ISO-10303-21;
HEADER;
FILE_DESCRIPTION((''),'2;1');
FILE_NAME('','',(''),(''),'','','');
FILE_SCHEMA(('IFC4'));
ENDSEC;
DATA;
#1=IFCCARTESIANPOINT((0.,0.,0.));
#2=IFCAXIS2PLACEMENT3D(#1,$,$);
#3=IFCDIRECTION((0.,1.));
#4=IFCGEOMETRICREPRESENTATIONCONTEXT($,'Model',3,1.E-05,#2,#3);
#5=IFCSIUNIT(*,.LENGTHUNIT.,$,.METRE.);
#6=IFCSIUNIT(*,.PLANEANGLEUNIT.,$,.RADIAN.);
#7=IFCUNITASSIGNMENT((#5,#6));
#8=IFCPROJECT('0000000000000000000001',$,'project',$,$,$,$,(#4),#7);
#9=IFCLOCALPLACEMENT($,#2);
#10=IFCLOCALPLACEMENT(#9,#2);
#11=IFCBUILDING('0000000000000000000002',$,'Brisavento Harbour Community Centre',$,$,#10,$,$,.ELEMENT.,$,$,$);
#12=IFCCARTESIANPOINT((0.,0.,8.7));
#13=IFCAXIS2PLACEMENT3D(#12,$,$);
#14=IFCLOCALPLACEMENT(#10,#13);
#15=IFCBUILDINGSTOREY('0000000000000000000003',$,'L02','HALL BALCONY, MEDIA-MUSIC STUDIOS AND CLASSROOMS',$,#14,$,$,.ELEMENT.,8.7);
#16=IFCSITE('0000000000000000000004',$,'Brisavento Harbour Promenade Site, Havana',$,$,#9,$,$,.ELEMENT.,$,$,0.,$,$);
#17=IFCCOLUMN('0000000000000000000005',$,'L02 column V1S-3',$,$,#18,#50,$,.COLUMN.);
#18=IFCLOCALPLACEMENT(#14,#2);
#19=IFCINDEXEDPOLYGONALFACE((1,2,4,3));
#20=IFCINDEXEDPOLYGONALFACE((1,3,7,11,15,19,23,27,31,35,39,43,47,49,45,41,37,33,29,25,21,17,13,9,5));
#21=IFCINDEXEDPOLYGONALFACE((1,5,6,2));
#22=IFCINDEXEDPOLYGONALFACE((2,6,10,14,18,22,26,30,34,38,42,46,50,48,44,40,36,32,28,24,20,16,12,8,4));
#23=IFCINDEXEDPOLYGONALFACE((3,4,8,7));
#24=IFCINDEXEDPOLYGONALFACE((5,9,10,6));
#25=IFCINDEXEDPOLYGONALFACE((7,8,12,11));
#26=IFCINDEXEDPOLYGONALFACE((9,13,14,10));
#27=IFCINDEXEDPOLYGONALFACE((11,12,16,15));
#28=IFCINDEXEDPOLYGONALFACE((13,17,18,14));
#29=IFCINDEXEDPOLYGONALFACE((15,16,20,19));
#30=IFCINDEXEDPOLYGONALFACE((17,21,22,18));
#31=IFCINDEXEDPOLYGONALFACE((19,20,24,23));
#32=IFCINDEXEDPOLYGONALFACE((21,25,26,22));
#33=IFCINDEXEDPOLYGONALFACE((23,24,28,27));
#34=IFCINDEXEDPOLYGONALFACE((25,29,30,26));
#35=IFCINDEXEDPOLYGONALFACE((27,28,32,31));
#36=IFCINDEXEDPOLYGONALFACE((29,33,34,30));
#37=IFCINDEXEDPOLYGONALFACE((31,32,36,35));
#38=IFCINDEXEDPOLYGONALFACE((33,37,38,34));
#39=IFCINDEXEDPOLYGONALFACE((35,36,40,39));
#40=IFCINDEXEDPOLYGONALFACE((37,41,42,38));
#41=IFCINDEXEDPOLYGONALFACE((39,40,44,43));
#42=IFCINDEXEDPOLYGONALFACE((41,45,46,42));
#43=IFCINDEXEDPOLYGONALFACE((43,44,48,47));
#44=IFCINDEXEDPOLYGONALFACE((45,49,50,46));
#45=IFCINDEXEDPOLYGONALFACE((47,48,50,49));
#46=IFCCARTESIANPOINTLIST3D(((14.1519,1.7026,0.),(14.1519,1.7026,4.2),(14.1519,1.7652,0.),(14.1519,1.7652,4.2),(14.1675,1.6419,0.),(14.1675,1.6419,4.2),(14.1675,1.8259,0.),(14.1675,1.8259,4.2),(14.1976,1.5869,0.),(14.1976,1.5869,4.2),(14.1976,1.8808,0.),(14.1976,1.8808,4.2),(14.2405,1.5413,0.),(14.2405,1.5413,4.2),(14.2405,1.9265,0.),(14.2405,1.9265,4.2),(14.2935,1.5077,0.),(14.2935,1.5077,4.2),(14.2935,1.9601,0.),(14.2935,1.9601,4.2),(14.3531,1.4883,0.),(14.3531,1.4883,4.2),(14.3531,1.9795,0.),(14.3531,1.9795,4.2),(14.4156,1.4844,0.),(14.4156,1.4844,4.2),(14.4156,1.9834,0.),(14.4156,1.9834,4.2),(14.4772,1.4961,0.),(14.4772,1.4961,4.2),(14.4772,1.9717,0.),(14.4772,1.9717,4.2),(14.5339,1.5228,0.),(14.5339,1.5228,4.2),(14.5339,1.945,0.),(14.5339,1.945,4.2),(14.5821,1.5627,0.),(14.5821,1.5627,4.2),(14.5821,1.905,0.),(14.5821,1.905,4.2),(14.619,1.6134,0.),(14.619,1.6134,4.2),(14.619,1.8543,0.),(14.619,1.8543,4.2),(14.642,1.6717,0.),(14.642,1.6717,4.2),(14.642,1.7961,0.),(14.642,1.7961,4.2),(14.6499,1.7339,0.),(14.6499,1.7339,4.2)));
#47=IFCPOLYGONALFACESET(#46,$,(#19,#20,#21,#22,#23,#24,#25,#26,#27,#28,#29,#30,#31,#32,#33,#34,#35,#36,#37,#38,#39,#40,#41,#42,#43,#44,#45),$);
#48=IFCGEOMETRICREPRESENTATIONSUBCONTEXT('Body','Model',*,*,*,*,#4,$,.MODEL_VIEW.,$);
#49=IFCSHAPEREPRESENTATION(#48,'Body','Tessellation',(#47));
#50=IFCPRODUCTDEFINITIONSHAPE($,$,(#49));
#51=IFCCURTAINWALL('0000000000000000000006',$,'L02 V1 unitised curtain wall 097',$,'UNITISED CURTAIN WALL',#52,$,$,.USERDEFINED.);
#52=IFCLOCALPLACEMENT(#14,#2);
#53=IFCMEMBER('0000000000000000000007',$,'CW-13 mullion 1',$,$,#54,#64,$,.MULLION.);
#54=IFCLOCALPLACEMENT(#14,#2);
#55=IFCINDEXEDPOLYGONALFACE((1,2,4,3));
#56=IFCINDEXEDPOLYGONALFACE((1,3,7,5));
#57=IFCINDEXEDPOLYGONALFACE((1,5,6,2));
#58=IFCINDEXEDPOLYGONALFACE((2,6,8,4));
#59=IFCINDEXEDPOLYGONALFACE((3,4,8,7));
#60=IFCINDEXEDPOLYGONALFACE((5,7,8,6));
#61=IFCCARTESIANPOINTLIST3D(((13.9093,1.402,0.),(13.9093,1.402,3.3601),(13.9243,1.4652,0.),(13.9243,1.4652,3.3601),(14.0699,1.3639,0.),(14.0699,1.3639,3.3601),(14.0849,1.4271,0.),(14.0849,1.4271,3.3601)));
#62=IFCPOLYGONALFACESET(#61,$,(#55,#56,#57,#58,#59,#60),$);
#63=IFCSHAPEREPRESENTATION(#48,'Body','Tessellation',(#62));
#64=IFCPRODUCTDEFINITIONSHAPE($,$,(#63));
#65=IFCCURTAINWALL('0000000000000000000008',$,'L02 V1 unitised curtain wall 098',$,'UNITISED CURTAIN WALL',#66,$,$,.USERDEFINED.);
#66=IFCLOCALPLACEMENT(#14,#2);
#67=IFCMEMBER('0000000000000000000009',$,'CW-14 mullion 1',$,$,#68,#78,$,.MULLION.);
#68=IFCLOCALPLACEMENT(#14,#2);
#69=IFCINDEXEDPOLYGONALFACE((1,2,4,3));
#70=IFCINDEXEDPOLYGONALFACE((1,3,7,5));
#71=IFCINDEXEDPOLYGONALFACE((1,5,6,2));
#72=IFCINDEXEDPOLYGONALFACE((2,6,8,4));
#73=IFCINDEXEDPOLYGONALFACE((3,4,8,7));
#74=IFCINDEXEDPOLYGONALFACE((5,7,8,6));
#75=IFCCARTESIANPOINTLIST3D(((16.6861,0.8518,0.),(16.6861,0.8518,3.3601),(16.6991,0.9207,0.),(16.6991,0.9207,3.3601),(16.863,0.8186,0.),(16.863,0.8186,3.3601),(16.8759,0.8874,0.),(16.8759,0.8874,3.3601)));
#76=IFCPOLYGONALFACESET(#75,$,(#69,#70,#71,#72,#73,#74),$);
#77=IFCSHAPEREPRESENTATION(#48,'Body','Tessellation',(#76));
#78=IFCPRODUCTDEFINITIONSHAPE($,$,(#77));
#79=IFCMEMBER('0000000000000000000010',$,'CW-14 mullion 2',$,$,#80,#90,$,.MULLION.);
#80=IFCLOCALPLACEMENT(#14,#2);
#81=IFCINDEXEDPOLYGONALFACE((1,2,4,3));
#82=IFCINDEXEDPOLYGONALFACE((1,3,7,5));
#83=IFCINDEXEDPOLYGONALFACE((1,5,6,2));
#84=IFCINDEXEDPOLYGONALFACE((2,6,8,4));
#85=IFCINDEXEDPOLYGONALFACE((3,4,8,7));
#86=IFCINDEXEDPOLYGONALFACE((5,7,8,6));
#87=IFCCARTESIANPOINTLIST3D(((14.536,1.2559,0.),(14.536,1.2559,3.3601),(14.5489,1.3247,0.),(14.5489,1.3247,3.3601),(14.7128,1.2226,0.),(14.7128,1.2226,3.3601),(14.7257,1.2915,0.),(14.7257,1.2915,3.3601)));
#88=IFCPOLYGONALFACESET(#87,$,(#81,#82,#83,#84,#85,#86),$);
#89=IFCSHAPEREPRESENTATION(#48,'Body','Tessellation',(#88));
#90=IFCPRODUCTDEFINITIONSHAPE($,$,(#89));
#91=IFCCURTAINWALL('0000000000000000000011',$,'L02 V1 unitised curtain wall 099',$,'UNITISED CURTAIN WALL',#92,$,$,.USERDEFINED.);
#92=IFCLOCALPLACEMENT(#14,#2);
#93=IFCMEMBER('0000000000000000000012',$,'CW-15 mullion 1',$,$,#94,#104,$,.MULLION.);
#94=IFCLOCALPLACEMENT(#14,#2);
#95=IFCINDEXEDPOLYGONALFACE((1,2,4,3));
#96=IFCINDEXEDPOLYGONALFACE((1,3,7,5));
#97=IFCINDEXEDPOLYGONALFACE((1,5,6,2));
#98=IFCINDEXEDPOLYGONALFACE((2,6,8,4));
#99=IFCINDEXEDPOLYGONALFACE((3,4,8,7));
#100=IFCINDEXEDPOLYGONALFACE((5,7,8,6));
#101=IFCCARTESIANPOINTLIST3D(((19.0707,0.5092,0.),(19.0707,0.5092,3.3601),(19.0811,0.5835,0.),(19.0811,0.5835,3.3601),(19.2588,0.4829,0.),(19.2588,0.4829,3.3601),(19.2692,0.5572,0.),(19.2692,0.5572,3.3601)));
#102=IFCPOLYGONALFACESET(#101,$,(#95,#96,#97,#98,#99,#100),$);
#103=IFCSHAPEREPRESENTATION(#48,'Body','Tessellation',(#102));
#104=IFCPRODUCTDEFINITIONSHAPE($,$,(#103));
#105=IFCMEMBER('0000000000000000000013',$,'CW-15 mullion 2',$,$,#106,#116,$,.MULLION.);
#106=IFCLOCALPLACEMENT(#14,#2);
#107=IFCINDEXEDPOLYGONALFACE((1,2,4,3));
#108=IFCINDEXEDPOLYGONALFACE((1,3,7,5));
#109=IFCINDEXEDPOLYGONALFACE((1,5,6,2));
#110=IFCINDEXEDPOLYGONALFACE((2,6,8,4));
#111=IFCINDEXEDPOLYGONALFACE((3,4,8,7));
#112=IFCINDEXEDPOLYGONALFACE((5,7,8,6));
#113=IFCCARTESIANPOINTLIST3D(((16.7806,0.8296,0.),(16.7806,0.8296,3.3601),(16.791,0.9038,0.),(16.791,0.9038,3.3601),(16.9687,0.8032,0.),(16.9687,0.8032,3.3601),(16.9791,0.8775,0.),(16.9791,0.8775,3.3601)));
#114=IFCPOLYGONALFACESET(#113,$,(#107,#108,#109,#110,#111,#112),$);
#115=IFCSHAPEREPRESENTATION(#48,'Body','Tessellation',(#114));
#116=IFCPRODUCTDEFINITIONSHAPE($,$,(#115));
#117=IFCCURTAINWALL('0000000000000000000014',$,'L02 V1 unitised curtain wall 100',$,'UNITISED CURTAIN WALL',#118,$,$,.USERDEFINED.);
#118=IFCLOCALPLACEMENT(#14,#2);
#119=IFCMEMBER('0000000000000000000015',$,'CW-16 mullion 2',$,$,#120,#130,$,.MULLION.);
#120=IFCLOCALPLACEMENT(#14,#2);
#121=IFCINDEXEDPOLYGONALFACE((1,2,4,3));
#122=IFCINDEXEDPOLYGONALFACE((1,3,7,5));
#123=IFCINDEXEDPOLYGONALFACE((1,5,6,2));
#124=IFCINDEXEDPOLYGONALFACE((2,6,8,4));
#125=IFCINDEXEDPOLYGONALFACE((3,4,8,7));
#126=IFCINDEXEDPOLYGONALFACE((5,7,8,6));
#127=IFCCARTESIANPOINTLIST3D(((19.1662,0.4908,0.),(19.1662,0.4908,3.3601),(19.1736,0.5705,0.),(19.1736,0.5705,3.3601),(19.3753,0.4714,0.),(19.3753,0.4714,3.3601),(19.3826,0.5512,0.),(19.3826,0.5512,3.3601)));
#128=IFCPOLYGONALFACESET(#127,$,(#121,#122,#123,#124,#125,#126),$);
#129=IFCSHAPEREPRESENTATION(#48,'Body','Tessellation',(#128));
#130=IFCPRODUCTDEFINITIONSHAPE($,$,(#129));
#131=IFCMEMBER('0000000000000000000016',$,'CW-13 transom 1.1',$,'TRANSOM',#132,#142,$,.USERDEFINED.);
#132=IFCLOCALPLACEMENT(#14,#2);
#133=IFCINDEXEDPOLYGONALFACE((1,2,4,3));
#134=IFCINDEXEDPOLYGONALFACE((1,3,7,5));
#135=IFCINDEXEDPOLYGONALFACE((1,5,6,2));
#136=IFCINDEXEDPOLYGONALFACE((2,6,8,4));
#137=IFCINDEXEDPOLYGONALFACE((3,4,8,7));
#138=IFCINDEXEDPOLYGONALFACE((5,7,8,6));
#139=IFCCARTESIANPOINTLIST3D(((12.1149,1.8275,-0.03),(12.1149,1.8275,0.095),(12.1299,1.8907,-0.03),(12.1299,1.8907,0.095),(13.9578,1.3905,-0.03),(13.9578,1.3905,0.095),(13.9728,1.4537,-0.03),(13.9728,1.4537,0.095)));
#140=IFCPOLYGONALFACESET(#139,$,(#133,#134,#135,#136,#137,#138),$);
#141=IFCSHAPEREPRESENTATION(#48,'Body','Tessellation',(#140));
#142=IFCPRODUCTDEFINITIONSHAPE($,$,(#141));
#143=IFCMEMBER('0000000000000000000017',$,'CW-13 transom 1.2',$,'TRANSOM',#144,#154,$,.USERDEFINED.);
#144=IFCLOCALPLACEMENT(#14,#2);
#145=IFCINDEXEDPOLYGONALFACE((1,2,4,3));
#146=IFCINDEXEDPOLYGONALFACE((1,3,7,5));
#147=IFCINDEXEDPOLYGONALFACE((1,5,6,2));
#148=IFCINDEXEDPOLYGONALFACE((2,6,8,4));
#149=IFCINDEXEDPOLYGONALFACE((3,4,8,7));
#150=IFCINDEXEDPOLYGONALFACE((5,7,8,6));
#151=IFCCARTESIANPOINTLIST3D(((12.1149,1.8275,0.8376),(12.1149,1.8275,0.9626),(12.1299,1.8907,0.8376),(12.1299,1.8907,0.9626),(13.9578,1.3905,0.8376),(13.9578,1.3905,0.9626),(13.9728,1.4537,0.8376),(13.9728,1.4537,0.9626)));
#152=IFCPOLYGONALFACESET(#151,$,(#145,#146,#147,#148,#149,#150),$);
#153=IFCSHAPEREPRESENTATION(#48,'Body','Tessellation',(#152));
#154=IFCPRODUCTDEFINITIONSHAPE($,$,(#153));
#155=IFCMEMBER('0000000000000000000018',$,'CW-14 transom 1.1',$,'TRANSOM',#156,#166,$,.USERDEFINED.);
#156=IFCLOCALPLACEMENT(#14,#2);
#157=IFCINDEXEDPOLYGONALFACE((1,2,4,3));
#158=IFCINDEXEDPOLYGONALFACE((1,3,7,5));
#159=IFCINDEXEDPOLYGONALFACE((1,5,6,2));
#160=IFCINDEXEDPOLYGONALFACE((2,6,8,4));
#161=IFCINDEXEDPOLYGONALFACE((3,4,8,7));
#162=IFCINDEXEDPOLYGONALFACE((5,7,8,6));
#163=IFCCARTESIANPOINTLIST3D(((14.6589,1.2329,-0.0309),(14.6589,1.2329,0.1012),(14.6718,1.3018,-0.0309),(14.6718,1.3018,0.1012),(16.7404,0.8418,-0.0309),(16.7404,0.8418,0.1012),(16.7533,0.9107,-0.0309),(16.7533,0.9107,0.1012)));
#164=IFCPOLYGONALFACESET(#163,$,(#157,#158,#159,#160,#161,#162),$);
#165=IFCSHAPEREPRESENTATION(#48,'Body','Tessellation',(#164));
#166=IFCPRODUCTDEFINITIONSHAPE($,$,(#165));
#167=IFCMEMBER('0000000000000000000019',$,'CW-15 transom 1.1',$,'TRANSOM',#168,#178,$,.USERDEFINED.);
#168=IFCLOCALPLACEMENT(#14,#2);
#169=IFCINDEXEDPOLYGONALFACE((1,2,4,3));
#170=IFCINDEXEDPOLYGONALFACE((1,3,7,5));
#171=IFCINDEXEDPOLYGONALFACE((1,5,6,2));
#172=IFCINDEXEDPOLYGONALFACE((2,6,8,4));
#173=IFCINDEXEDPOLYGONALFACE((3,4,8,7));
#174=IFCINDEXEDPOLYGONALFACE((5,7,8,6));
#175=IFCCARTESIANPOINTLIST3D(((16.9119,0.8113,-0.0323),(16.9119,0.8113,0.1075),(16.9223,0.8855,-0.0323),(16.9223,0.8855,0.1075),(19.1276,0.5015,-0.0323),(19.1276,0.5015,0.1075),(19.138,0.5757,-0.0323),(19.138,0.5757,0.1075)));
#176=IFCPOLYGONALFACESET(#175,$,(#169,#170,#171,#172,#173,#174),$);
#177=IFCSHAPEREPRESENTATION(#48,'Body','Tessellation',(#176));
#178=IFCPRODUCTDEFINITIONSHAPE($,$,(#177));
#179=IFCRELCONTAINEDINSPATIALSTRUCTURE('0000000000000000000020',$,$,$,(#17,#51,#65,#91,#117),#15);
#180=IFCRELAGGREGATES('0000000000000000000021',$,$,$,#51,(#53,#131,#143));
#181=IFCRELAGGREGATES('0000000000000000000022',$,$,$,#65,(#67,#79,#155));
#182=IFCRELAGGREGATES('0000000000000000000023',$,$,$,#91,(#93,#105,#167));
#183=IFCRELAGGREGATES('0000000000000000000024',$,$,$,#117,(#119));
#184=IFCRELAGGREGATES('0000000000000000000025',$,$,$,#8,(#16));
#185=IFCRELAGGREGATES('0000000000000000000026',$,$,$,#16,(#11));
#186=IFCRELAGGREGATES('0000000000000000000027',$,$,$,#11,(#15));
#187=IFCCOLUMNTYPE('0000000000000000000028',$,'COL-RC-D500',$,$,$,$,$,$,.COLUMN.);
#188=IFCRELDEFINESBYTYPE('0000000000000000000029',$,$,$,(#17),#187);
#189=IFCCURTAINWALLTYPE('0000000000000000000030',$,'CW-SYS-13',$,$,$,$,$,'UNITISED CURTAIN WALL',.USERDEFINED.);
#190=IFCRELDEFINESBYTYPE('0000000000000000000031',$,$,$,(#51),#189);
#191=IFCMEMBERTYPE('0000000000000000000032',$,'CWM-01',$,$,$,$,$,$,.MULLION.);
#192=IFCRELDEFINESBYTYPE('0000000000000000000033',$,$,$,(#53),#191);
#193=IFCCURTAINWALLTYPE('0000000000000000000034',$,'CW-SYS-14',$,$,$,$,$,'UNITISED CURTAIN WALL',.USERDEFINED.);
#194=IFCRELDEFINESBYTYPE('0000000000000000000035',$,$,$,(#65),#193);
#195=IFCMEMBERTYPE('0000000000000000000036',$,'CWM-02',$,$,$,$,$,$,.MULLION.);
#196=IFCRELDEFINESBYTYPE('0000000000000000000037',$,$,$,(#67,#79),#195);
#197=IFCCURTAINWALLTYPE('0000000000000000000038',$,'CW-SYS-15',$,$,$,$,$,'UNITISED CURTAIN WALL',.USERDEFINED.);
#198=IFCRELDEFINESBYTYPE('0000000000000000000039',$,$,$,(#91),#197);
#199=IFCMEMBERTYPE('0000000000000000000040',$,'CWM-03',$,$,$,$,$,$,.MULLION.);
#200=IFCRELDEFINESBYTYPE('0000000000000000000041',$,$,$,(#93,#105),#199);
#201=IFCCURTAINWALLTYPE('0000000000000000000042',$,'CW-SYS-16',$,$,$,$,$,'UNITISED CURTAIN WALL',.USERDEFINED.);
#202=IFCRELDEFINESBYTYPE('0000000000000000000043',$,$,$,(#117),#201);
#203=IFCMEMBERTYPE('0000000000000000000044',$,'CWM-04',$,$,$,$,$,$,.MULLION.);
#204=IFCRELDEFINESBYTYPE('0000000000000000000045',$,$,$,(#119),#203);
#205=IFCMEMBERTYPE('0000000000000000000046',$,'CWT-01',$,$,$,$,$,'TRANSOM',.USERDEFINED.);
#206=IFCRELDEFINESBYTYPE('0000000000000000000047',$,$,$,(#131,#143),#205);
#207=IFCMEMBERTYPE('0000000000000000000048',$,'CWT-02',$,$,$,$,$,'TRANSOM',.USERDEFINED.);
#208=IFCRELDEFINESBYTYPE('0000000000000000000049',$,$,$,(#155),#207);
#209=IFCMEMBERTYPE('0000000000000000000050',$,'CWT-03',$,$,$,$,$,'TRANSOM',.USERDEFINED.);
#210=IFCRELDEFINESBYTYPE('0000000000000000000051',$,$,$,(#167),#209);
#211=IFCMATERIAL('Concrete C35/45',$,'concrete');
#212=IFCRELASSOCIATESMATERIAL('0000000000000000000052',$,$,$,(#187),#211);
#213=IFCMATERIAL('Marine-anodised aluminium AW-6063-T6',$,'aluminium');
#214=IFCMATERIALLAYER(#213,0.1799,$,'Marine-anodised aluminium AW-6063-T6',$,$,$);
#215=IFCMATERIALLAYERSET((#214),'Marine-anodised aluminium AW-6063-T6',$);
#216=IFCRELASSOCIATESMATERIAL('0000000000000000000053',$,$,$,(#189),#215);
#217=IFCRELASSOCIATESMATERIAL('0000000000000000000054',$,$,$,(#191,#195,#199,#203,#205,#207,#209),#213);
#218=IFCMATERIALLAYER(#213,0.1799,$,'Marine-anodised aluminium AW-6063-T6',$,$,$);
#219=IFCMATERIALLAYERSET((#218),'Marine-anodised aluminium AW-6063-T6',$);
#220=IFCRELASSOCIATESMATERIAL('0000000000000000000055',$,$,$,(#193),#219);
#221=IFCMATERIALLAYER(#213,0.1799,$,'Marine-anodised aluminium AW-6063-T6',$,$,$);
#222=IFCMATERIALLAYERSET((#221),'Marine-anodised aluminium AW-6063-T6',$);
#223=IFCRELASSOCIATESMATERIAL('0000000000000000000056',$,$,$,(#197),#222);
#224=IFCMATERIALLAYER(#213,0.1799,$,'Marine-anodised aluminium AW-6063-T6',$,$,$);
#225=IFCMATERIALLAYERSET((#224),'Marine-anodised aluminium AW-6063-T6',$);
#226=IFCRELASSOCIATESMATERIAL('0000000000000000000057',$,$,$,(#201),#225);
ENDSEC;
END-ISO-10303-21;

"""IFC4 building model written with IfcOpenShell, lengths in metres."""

from ifc_helpers import new_model, si_unit, direction, frame, origin, origin_2d, place, context, subcontext, project, spatial, rectangle, circle, extrude, material, layer, layer_set, material_profile, profile_set, type_object, element, aggregate, save


model = new_model("IFC4")

# Units and contexts
model_context = context("Model", 3, precision=1e-05, world=origin(), true_north=direction((0.0, 1.0)))
body_context = subcontext(model_context, "Body", "Model", "MODEL_VIEW")
ifc_project = project(units=[si_unit("LENGTHUNIT", "METRE"), si_unit("PLANEANGLEUNIT", "RADIAN")], contexts=[model_context])

# Site, building, storey
site_placement = place(None, origin())
site = spatial("IfcSite", under=ifc_project, at=site_placement, Name="Brisavento Harbour Promenade Site, Havana", CompositionType="ELEMENT", RefElevation=0.0)
building_placement = place(site_placement, origin())
building = spatial("IfcBuilding", under=site, at=building_placement, Name="Brisavento Harbour Community Centre", CompositionType="ELEMENT")
storey_placement = place(building_placement, frame((0.0, 0.0, 8.7)))
storey = spatial("IfcBuildingStorey", under=building, at=storey_placement, Name="L02", Description="HALL BALCONY, MEDIA-MUSIC STUDIOS AND CLASSROOMS", CompositionType="ELEMENT", Elevation=8.7)

# Column
ifc_material_1 = material(Name="Concrete C35/45", Category="concrete")
ifc_material_profile_1 = material_profile(ifc_material_1, circle(Radius=0.25, at=origin_2d()), Name="Concrete C35/45")
ifc_profile_set_1 = profile_set([ifc_material_profile_1], Name="Concrete C35/45")
column_type = type_object("IfcColumnType", Name="COL-RC-D500", PredefinedType="COLUMN", material=ifc_profile_set_1)
column_placement = place(storey_placement, frame((14.3999, 1.7339, 0.0), z_axis=(0.0, 0.0, 1.0), x_axis=(1.0, 0.0, 0.0)))
element("IfcColumn", 1, at=column_placement, inside=storey, type_object=column_type, Name="L02 column V1S-3", PredefinedType="COLUMN", context=body_context, shape_type="SweptSolid", body=[
    extrude(circle(Radius=0.25, at=origin_2d()), origin(), (0.0, 0.0, 1.0), 4.2),
])

# Curtain wall, member
ifc_material_2 = material(Name="Marine-anodised aluminium AW-6063-T6", Category="aluminium")
ifc_layer_1 = layer(ifc_material_2, 0.1799, Name="Marine-anodised aluminium AW-6063-T6")
ifc_layer_set_1 = layer_set([ifc_layer_1], Name="Marine-anodised aluminium AW-6063-T6")
curtain_wall_type_1 = type_object("IfcCurtainWallType", Name="CW-SYS-13", ElementType="UNITISED CURTAIN WALL", PredefinedType="USERDEFINED", material=ifc_layer_set_1)
curtain_wall_1_placement = place(storey_placement, origin())
curtain_wall_1 = element("IfcCurtainWall", 2, at=curtain_wall_1_placement, inside=storey, type_object=curtain_wall_type_1, Name="L02 V1 unitised curtain wall 097", ObjectType="UNITISED CURTAIN WALL", PredefinedType="USERDEFINED")
ifc_material_profile_2 = material_profile(ifc_material_2, rectangle(XDim=0.0649, YDim=0.165, at=origin_2d()), Name="Marine-anodised aluminium AW-6063-T6")
ifc_profile_set_2 = profile_set([ifc_material_profile_2], Name="Marine-anodised aluminium AW-6063-T6")
member_type_1 = type_object("IfcMemberType", Name="CWM-01", PredefinedType="MULLION", material=ifc_profile_set_2)
member_1_placement = place(storey_placement, frame((13.9971, 1.4146, 0.0), z_axis=(0.0, 0.0, 1.0), x_axis=(-0.230812, -0.972998, 0.0)))
member_1 = element("IfcMember", 3, at=member_1_placement, type_object=member_type_1, Name="CW-13 mullion 1", PredefinedType="MULLION", context=body_context, shape_type="SweptSolid", body=[
    extrude(rectangle(XDim=0.0649, YDim=0.165, at=origin_2d()), origin(), (0.0, 0.0, 1.0), 3.3601),
])

# Curtain walls, members
ifc_layer_2 = layer(ifc_material_2, 0.1799, Name="Marine-anodised aluminium AW-6063-T6")
ifc_layer_set_2 = layer_set([ifc_layer_2], Name="Marine-anodised aluminium AW-6063-T6")
curtain_wall_type_2 = type_object("IfcCurtainWallType", Name="CW-SYS-14", ElementType="UNITISED CURTAIN WALL", PredefinedType="USERDEFINED", material=ifc_layer_set_2)
curtain_wall_2_placement = place(storey_placement, origin())
curtain_wall_2 = element("IfcCurtainWall", 4, at=curtain_wall_2_placement, inside=storey, type_object=curtain_wall_type_2, Name="L02 V1 unitised curtain wall 098", ObjectType="UNITISED CURTAIN WALL", PredefinedType="USERDEFINED")
ifc_material_profile_3 = material_profile(ifc_material_2, rectangle(XDim=0.0701, YDim=0.1799, at=origin_2d()), Name="Marine-anodised aluminium AW-6063-T6")
ifc_profile_set_3 = profile_set([ifc_material_profile_3], Name="Marine-anodised aluminium AW-6063-T6")
member_type_2 = type_object("IfcMemberType", Name="CWM-02", PredefinedType="MULLION", material=ifc_profile_set_3)
member_2_placement = place(storey_placement, frame((16.781, 0.8696, 0.0), z_axis=(0.0, 0.0, 1.0), x_axis=(-0.18469, -0.982797, 0.0)))
member_2 = element("IfcMember", 5, at=member_2_placement, type_object=member_type_2, Name="CW-14 mullion 1", PredefinedType="MULLION", context=body_context, shape_type="SweptSolid", body=[
    extrude(rectangle(XDim=0.0701, YDim=0.1799, at=origin_2d()), origin(), (0.0, 0.0, 1.0), 3.3601),
])
member_3_placement = place(storey_placement, frame((14.6309, 1.2737, 0.0), z_axis=(0.0, 0.0, 1.0), x_axis=(-0.18469, -0.982797, 0.0)))
member_3 = element("IfcMember", 6, at=member_3_placement, type_object=member_type_2, Name="CW-14 mullion 2", PredefinedType="MULLION", context=body_context, shape_type="SweptSolid", body=[
    extrude(rectangle(XDim=0.0701, YDim=0.1799, at=origin_2d()), origin(), (0.0, 0.0, 1.0), 3.3601),
])
ifc_layer_3 = layer(ifc_material_2, 0.1799, Name="Marine-anodised aluminium AW-6063-T6")
ifc_layer_set_3 = layer_set([ifc_layer_3], Name="Marine-anodised aluminium AW-6063-T6")
curtain_wall_type_3 = type_object("IfcCurtainWallType", Name="CW-SYS-15", ElementType="UNITISED CURTAIN WALL", PredefinedType="USERDEFINED", material=ifc_layer_set_3)
curtain_wall_3_placement = place(storey_placement, origin())
curtain_wall_3 = element("IfcCurtainWall", 7, at=curtain_wall_3_placement, inside=storey, type_object=curtain_wall_type_3, Name="L02 V1 unitised curtain wall 099", ObjectType="UNITISED CURTAIN WALL", PredefinedType="USERDEFINED")
ifc_material_profile_4 = material_profile(ifc_material_2, rectangle(XDim=0.075, YDim=0.1899, at=origin_2d()), Name="Marine-anodised aluminium AW-6063-T6")
ifc_profile_set_4 = profile_set([ifc_material_profile_4], Name="Marine-anodised aluminium AW-6063-T6")
member_type_3 = type_object("IfcMemberType", Name="CWM-03", PredefinedType="MULLION", material=ifc_profile_set_4)
member_4_placement = place(storey_placement, frame((19.1699, 0.5332, 0.0), z_axis=(0.0, 0.0, 1.0), x_axis=(-0.138477, -0.990366, 0.0)))
member_4 = element("IfcMember", 8, at=member_4_placement, type_object=member_type_3, Name="CW-15 mullion 1", PredefinedType="MULLION", context=body_context, shape_type="SweptSolid", body=[
    extrude(rectangle(XDim=0.075, YDim=0.1899, at=origin_2d()), origin(), (0.0, 0.0, 1.0), 3.3601),
])
member_5_placement = place(storey_placement, frame((16.8799, 0.8535, 0.0), z_axis=(0.0, 0.0, 1.0), x_axis=(-0.138477, -0.990366, 0.0)))
member_5 = element("IfcMember", 9, at=member_5_placement, type_object=member_type_3, Name="CW-15 mullion 2", PredefinedType="MULLION", context=body_context, shape_type="SweptSolid", body=[
    extrude(rectangle(XDim=0.075, YDim=0.1899, at=origin_2d()), origin(), (0.0, 0.0, 1.0), 3.3601),
])

# Curtain wall, member
ifc_layer_4 = layer(ifc_material_2, 0.1799, Name="Marine-anodised aluminium AW-6063-T6")
ifc_layer_set_4 = layer_set([ifc_layer_4], Name="Marine-anodised aluminium AW-6063-T6")
curtain_wall_type_4 = type_object("IfcCurtainWallType", Name="CW-SYS-16", ElementType="UNITISED CURTAIN WALL", PredefinedType="USERDEFINED", material=ifc_layer_set_4)
curtain_wall_4_placement = place(storey_placement, origin())
curtain_wall_4 = element("IfcCurtainWall", 10, at=curtain_wall_4_placement, inside=storey, type_object=curtain_wall_type_4, Name="L02 V1 unitised curtain wall 100", ObjectType="UNITISED CURTAIN WALL", PredefinedType="USERDEFINED")
ifc_material_profile_5 = material_profile(ifc_material_2, rectangle(XDim=0.0801, YDim=0.21, at=origin_2d()), Name="Marine-anodised aluminium AW-6063-T6")
ifc_profile_set_5 = profile_set([ifc_material_profile_5], Name="Marine-anodised aluminium AW-6063-T6")
member_type_4 = type_object("IfcMemberType", Name="CWM-04", PredefinedType="MULLION", material=ifc_profile_set_5)
member_6_placement = place(storey_placement, frame((19.2744, 0.521, 0.0), z_axis=(0.0, 0.0, 1.0), x_axis=(-0.092261, -0.995735, 0.0)))
member_6 = element("IfcMember", 11, at=member_6_placement, type_object=member_type_4, Name="CW-16 mullion 2", PredefinedType="MULLION", context=body_context, shape_type="SweptSolid", body=[
    extrude(rectangle(XDim=0.0801, YDim=0.21, at=origin_2d()), origin(), (0.0, 0.0, 1.0), 3.3601),
])

# Members
ifc_material_profile_6 = material_profile(ifc_material_2, rectangle(XDim=0.0649, YDim=0.125, at=origin_2d()), Name="Marine-anodised aluminium AW-6063-T6")
ifc_profile_set_6 = profile_set([ifc_material_profile_6], Name="Marine-anodised aluminium AW-6063-T6")
member_type_5 = type_object("IfcMemberType", Name="CWT-01", ElementType="TRANSOM", PredefinedType="USERDEFINED", material=ifc_profile_set_6)
member_7_placement = place(storey_placement, frame((13.9653, 1.4221, 0.0325), z_axis=(-0.97302, 0.23072, 0.0), x_axis=(-0.23072, -0.97302, 0.0)))
member_7 = element("IfcMember", 12, at=member_7_placement, type_object=member_type_5, Name="CW-13 transom 1.1", ObjectType="TRANSOM", PredefinedType="USERDEFINED", context=body_context, shape_type="SweptSolid", body=[
    extrude(rectangle(XDim=0.0649, YDim=0.125, at=origin_2d()), origin(), (0.0, 0.0, 1.0), 1.894),
])
member_8_placement = place(storey_placement, frame((13.9653, 1.4221, 0.9001), z_axis=(-0.97302, 0.23072, 0.0), x_axis=(-0.23072, -0.97302, 0.0)))
member_8 = element("IfcMember", 13, at=member_8_placement, type_object=member_type_5, Name="CW-13 transom 1.2", ObjectType="TRANSOM", PredefinedType="USERDEFINED", context=body_context, shape_type="SweptSolid", body=[
    extrude(rectangle(XDim=0.0649, YDim=0.125, at=origin_2d()), origin(), (0.0, 0.0, 1.0), 1.894),
])
aggregate(curtain_wall_1, [member_1, member_7, member_8])
ifc_material_profile_7 = material_profile(ifc_material_2, rectangle(XDim=0.0701, YDim=0.1321, at=origin_2d()), Name="Marine-anodised aluminium AW-6063-T6")
ifc_profile_set_7 = profile_set([ifc_material_profile_7], Name="Marine-anodised aluminium AW-6063-T6")
member_type_6 = type_object("IfcMemberType", Name="CWT-02", ElementType="TRANSOM", PredefinedType="USERDEFINED", material=ifc_profile_set_7)
member_9_placement = place(storey_placement, frame((16.7468, 0.8762, 0.0352), z_axis=(-0.982802, 0.184664, 0.0), x_axis=(-0.184664, -0.982802, 0.0)))
member_9 = element("IfcMember", 14, at=member_9_placement, type_object=member_type_6, Name="CW-14 transom 1.1", ObjectType="TRANSOM", PredefinedType="USERDEFINED", context=body_context, shape_type="SweptSolid", body=[
    extrude(rectangle(XDim=0.0701, YDim=0.1321, at=origin_2d()), origin(), (0.0, 0.0, 1.0), 2.1179),
])
ifc_material_profile_8 = material_profile(ifc_material_2, rectangle(XDim=0.075, YDim=0.1399, at=origin_2d()), Name="Marine-anodised aluminium AW-6063-T6")
ifc_profile_set_8 = profile_set([ifc_material_profile_8], Name="Marine-anodised aluminium AW-6063-T6")
member_type_7 = type_object("IfcMemberType", Name="CWT-03", ElementType="TRANSOM", PredefinedType="USERDEFINED", material=ifc_profile_set_8)
member_10_placement = place(storey_placement, frame((19.1328, 0.5386, 0.0376), z_axis=(-0.990366, 0.138472, 0.0), x_axis=(-0.138472, -0.990366, 0.0)))
member_10 = element("IfcMember", 15, at=member_10_placement, type_object=member_type_7, Name="CW-15 transom 1.1", ObjectType="TRANSOM", PredefinedType="USERDEFINED", context=body_context, shape_type="SweptSolid", body=[
    extrude(rectangle(XDim=0.075, YDim=0.1399, at=origin_2d()), origin(), (0.0, 0.0, 1.0), 2.2373),
])

aggregate(curtain_wall_2, [member_2, member_3, member_9])
aggregate(curtain_wall_3, [member_4, member_5, member_10])
aggregate(curtain_wall_4, [member_6])

save(model, "model.ifc")
